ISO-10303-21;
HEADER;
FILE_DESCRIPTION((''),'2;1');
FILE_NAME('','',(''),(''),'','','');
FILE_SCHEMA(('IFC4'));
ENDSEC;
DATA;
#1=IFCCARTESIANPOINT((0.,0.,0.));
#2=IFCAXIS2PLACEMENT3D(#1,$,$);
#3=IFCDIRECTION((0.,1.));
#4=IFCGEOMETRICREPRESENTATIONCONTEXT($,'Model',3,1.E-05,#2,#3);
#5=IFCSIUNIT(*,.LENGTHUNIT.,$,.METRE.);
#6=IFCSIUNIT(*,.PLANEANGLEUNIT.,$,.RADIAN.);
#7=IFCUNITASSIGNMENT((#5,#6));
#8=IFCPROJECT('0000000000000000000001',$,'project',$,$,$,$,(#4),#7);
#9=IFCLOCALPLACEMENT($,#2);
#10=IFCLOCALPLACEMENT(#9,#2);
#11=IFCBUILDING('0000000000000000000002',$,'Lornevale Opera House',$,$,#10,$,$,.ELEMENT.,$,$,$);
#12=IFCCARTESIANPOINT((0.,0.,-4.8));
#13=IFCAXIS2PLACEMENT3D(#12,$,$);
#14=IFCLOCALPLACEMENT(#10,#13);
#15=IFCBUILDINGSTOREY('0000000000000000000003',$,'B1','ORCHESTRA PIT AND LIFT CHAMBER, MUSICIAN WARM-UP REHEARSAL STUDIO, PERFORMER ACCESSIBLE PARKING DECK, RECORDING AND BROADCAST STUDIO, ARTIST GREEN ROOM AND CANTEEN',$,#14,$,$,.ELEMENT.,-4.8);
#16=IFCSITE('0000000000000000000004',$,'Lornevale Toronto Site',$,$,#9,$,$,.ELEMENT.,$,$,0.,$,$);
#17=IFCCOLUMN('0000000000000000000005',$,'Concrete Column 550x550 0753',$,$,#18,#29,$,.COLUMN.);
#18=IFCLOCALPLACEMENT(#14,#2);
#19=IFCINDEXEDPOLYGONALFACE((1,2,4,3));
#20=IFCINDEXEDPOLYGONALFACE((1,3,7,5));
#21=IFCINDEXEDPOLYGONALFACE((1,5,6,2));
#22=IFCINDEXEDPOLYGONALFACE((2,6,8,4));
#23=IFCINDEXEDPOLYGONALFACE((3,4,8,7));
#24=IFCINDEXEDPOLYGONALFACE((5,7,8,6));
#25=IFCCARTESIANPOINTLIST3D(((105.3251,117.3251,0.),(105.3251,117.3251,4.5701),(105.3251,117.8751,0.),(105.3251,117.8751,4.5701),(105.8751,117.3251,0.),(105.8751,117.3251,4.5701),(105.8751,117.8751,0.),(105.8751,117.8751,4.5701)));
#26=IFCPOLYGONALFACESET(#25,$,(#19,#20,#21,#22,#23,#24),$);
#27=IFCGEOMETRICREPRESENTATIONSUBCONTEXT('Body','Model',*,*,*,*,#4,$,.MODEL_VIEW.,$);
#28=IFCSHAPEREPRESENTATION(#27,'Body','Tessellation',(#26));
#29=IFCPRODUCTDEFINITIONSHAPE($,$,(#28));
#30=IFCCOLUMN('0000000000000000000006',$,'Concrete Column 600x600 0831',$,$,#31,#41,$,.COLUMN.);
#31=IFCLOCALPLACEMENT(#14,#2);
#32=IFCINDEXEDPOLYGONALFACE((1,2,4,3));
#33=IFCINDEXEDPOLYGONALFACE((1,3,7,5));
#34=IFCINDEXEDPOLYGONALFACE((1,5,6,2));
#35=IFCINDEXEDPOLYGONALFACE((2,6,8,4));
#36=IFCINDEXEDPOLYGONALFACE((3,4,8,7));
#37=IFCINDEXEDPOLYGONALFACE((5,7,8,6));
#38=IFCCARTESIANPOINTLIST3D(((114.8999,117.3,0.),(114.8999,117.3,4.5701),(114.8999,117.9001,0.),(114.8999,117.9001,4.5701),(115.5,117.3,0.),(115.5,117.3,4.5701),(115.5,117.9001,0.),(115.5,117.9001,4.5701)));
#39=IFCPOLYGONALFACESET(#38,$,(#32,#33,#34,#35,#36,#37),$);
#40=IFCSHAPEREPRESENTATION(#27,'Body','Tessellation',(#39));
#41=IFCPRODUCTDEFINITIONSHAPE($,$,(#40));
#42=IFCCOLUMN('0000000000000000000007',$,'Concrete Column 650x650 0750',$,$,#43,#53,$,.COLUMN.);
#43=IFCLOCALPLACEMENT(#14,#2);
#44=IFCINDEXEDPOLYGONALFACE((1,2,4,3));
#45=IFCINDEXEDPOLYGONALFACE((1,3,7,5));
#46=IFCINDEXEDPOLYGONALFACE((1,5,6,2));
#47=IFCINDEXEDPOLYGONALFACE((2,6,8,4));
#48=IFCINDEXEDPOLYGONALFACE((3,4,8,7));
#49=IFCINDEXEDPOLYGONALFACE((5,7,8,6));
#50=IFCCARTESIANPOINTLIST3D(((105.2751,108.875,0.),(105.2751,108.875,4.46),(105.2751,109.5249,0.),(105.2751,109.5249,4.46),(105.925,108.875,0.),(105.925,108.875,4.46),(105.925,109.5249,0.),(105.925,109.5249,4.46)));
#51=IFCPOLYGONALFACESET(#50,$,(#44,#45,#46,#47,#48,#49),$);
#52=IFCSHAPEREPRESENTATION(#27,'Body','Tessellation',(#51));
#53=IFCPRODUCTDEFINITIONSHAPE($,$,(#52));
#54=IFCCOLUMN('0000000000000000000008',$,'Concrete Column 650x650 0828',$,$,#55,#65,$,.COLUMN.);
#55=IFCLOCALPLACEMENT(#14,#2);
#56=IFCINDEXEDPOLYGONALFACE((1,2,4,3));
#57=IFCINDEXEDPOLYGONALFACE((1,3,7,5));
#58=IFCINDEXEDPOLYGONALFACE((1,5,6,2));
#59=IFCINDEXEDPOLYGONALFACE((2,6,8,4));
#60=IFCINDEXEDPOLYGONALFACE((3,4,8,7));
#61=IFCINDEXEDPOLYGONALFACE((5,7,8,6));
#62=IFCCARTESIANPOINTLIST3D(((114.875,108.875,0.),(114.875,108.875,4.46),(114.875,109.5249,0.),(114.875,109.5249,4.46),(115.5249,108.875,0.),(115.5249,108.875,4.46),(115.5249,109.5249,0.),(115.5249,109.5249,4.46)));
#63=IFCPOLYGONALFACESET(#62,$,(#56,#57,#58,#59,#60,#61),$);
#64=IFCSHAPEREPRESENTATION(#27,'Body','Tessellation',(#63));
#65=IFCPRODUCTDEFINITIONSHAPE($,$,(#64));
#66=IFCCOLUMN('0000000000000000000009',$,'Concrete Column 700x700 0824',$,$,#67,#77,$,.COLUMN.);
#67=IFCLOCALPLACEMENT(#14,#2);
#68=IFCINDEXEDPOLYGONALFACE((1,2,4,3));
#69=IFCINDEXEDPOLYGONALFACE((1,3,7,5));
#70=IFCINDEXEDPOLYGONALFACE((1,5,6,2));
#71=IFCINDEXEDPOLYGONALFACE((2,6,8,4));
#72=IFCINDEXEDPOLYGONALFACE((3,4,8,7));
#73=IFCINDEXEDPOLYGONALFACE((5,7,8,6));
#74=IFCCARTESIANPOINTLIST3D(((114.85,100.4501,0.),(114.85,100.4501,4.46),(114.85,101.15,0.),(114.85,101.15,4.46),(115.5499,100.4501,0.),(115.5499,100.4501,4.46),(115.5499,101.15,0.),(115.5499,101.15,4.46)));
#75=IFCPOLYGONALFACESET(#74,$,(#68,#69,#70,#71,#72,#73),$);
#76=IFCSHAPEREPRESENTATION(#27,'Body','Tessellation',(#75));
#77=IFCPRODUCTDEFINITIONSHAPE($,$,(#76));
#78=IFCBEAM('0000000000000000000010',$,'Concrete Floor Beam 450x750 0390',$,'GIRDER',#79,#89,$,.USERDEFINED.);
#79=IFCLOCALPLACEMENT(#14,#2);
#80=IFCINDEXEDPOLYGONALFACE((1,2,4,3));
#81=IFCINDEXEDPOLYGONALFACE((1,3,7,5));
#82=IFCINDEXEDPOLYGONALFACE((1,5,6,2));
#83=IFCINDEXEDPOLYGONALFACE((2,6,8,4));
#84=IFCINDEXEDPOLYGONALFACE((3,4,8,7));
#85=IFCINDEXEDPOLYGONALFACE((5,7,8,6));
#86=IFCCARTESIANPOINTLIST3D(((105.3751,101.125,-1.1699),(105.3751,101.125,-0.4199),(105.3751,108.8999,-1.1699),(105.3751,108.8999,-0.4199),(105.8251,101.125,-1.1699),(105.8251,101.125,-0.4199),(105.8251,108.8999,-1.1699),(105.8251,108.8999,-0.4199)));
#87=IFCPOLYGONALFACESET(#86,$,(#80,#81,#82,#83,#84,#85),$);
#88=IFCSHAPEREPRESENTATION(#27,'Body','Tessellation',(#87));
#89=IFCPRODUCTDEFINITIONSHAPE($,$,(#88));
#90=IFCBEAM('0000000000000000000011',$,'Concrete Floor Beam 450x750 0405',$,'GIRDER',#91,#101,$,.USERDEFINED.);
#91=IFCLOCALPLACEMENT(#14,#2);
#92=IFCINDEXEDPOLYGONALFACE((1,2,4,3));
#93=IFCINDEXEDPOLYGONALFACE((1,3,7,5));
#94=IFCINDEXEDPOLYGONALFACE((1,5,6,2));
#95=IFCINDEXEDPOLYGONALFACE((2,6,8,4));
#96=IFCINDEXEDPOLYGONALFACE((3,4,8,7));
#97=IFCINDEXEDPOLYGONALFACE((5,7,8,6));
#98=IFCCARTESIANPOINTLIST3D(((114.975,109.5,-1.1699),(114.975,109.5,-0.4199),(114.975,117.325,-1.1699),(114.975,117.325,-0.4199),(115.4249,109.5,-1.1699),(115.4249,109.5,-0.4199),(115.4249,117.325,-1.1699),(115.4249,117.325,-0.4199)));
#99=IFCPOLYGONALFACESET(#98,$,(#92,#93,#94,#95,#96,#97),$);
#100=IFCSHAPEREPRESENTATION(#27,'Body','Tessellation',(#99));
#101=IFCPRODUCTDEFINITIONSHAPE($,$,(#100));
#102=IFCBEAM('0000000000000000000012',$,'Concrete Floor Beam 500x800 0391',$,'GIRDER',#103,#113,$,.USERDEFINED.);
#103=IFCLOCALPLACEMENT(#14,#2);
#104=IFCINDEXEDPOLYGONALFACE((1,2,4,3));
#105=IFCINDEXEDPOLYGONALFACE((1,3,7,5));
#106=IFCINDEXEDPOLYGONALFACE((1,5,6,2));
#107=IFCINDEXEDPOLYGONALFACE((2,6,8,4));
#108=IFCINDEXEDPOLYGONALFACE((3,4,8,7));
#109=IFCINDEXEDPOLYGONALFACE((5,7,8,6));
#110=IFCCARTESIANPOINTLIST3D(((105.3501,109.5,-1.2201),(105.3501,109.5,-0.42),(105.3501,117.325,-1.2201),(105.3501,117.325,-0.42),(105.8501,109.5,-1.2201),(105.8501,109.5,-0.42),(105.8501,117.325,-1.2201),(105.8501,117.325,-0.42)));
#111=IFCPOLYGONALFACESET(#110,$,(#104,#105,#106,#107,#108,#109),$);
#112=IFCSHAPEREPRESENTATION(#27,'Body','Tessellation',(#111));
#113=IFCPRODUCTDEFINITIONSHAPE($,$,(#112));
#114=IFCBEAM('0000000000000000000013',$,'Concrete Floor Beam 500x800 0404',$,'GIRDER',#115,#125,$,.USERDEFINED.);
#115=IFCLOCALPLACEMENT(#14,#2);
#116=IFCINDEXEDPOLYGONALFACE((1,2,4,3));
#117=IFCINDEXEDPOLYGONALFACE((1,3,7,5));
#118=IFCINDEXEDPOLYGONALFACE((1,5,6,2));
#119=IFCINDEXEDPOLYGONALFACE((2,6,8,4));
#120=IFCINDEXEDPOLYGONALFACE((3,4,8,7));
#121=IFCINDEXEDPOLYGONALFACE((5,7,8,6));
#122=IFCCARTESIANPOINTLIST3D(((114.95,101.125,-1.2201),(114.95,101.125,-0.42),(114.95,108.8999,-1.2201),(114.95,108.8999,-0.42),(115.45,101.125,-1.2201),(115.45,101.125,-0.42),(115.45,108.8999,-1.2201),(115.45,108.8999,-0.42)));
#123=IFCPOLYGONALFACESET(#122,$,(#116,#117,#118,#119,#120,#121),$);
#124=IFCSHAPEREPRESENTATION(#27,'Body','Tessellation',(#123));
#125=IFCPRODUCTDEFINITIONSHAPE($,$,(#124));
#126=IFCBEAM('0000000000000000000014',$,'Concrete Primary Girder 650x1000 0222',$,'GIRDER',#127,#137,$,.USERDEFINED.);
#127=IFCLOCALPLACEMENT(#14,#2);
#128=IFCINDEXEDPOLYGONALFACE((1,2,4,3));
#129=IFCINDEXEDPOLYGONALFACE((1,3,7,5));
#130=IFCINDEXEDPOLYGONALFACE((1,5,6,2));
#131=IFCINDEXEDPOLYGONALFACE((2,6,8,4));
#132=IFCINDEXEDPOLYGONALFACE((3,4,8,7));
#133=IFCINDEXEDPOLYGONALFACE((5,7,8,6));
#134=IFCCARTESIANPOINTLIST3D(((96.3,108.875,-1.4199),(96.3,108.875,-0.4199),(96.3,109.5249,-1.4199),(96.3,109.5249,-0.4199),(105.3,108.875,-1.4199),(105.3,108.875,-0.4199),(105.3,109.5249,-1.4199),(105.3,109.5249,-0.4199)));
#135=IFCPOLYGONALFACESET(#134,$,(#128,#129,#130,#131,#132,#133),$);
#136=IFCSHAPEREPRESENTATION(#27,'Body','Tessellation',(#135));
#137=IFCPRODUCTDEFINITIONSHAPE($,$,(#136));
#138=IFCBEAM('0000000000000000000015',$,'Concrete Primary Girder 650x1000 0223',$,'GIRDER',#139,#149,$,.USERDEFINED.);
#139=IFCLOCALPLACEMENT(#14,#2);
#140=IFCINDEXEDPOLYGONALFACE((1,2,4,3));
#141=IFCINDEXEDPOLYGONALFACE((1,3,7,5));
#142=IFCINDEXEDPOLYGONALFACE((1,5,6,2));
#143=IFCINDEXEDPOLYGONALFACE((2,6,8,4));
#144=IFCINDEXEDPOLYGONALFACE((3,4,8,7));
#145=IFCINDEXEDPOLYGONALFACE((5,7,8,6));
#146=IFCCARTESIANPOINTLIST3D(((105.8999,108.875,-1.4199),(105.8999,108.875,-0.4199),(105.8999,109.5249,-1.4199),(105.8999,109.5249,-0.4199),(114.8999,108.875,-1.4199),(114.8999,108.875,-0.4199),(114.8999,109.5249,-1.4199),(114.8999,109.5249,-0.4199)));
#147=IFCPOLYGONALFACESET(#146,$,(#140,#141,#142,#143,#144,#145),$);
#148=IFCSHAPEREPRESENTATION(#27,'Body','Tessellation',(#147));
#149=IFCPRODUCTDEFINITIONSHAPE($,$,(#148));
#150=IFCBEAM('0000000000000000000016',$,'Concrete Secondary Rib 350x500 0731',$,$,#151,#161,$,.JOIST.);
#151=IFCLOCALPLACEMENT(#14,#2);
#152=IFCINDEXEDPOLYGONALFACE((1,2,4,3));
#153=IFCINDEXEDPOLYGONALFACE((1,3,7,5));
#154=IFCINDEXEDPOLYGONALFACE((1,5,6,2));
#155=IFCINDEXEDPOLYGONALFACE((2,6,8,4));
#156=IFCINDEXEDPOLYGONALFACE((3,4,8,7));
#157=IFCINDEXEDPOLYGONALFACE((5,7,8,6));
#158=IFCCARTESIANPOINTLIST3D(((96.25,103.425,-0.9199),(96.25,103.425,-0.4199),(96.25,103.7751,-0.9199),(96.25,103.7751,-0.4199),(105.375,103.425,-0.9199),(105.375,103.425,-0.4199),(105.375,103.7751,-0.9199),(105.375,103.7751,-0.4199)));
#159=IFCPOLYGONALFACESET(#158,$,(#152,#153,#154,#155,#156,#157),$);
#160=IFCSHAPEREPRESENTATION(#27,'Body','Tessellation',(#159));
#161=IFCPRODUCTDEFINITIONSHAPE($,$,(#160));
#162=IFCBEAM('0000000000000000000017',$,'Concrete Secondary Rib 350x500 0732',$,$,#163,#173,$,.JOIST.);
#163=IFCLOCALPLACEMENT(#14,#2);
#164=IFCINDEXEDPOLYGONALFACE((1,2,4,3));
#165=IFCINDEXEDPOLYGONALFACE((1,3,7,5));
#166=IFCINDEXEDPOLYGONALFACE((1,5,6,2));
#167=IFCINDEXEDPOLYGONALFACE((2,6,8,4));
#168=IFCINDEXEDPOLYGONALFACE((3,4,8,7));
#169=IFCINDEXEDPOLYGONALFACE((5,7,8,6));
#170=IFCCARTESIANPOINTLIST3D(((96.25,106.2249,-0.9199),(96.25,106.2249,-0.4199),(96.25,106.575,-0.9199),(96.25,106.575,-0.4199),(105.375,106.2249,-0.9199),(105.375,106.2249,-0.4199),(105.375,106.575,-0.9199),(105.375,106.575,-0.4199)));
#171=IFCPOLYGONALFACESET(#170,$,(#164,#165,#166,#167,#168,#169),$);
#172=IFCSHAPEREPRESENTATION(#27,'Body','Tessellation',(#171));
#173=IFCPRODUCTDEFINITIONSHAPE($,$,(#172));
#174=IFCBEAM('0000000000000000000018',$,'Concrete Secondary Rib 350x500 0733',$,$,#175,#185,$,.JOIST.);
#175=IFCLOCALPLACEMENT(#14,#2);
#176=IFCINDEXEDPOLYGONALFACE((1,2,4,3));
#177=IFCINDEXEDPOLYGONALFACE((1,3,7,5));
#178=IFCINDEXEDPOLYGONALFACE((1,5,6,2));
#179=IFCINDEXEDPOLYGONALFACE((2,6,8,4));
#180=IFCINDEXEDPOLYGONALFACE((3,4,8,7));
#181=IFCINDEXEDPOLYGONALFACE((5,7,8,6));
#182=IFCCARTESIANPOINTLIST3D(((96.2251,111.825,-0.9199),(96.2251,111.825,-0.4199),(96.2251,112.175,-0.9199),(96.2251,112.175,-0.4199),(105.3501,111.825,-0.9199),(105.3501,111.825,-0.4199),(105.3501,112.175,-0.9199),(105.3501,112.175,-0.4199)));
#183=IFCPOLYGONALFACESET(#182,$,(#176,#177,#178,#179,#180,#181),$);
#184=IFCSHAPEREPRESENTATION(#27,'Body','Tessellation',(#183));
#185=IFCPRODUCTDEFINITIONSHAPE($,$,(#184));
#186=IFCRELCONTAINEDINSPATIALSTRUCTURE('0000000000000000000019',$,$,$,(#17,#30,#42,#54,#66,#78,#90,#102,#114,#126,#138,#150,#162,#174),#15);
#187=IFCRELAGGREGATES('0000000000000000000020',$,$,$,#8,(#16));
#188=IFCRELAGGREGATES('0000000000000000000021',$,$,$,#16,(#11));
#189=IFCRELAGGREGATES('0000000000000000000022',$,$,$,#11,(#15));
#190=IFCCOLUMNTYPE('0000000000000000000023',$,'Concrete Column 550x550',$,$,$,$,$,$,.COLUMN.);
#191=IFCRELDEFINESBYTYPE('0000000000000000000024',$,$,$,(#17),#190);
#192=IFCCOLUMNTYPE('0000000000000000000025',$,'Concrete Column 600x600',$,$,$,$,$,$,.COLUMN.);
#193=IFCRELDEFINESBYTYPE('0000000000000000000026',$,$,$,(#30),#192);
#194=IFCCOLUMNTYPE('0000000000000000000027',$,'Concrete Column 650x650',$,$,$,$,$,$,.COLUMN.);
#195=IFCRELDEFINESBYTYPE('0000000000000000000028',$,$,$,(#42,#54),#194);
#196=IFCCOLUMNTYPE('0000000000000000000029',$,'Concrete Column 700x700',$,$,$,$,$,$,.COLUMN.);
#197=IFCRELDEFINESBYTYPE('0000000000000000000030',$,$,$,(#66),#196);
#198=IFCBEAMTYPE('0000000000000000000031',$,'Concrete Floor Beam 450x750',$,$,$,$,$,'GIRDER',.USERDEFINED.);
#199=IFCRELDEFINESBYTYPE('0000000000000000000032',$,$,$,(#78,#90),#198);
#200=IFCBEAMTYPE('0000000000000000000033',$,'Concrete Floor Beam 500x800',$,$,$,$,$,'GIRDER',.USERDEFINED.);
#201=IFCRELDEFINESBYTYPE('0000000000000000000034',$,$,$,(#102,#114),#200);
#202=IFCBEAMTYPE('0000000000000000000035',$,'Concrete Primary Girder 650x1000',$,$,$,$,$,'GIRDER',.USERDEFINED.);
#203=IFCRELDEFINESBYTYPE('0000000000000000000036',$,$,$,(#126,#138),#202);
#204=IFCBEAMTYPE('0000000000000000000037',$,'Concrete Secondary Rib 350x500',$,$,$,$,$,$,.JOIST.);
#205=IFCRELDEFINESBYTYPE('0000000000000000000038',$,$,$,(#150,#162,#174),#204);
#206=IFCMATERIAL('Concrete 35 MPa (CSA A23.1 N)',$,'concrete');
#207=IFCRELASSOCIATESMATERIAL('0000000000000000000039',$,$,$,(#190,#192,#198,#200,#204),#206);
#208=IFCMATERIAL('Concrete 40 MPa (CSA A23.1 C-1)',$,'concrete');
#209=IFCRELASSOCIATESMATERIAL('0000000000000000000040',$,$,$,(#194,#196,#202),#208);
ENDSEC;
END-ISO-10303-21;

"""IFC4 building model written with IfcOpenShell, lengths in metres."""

from ifc_helpers import new_model, si_unit, direction, frame, origin, origin_2d, place, context, subcontext, project, spatial, rectangle, extrude, material, material_profile, profile_set, type_object, element, save


model = new_model("IFC4")

# Units and contexts
model_context = context("Model", 3, precision=1e-05, world=origin(), true_north=direction((0.0, 1.0)))
body_context = subcontext(model_context, "Body", "Model", "MODEL_VIEW")
ifc_project = project(units=[si_unit("LENGTHUNIT", "METRE"), si_unit("PLANEANGLEUNIT", "RADIAN")], contexts=[model_context])

# Site, building, storey
site_placement = place(None, origin())
site = spatial("IfcSite", under=ifc_project, at=site_placement, Name="Lornevale Toronto Site", CompositionType="ELEMENT", RefElevation=0.0)
building_placement = place(site_placement, origin())
building = spatial("IfcBuilding", under=site, at=building_placement, Name="Lornevale Opera House", CompositionType="ELEMENT")
storey_placement = place(building_placement, frame((0.0, 0.0, -4.8)))
storey = spatial("IfcBuildingStorey", under=building, at=storey_placement, Name="B1", Description="ORCHESTRA PIT AND LIFT CHAMBER, MUSICIAN WARM-UP REHEARSAL STUDIO, PERFORMER ACCESSIBLE PARKING DECK, RECORDING AND BROADCAST STUDIO, ARTIST GREEN ROOM AND CANTEEN", CompositionType="ELEMENT", Elevation=-4.8)

# Columns
ifc_material_1 = material(Name="Concrete 35 MPa (CSA A23.1 N)", Category="concrete")
ifc_material_profile_1 = material_profile(ifc_material_1, rectangle(XDim=0.55, YDim=0.55, at=origin_2d()), Name="RC550x550")
ifc_profile_set_1 = profile_set([ifc_material_profile_1], Name="Concrete 35 MPa (CSA A23.1 N)")
column_type_1 = type_object("IfcColumnType", Name="Concrete Column 550x550", PredefinedType="COLUMN", material=ifc_profile_set_1)
column_1_placement = place(storey_placement, frame((105.6001, 117.6001, 0.0), z_axis=(0.0, 0.0, 1.0), x_axis=(1.0, 0.0, 0.0)))
element("IfcColumn", 1, at=column_1_placement, inside=storey, type_object=column_type_1, Name="Concrete Column 550x550 0753", PredefinedType="COLUMN", context=body_context, shape_type="SweptSolid", body=[
    extrude(rectangle(XDim=0.55, YDim=0.55, at=origin_2d()), origin(), (0.0, 0.0, 1.0), 4.5701),
])
ifc_material_profile_2 = material_profile(ifc_material_1, rectangle(XDim=0.6001, YDim=0.6001, at=origin_2d()), Name="RC600x600")
ifc_profile_set_2 = profile_set([ifc_material_profile_2], Name="Concrete 35 MPa (CSA A23.1 N)")
column_type_2 = type_object("IfcColumnType", Name="Concrete Column 600x600", PredefinedType="COLUMN", material=ifc_profile_set_2)
column_2_placement = place(storey_placement, frame((115.2, 117.6001, 0.0), z_axis=(0.0, 0.0, 1.0), x_axis=(1.0, 0.0, 0.0)))
element("IfcColumn", 2, at=column_2_placement, inside=storey, type_object=column_type_2, Name="Concrete Column 600x600 0831", PredefinedType="COLUMN", context=body_context, shape_type="SweptSolid", body=[
    extrude(rectangle(XDim=0.6001, YDim=0.6001, at=origin_2d()), origin(), (0.0, 0.0, 1.0), 4.5701),
])
ifc_material_2 = material(Name="Concrete 40 MPa (CSA A23.1 C-1)", Category="concrete")
ifc_material_profile_3 = material_profile(ifc_material_2, rectangle(XDim=0.6499, YDim=0.6499, at=origin_2d()), Name="RC650x650")
ifc_profile_set_3 = profile_set([ifc_material_profile_3], Name="Concrete 40 MPa (CSA A23.1 C-1)")
column_type_3 = type_object("IfcColumnType", Name="Concrete Column 650x650", PredefinedType="COLUMN", material=ifc_profile_set_3)
for number, where, z_axis, x_axis, name in (
    (3, (105.6001, 109.2, 0.0), (0.0, 0.0, 1.0), (1.0, 0.0, 0.0), "Concrete Column 650x650 0750"),
    (4, (115.2, 109.2, 0.0), (0.0, 0.0, 1.0), (1.0, 0.0, 0.0), "Concrete Column 650x650 0828"),
):
    element("IfcColumn", number, at=place(storey_placement, frame(where, z_axis=z_axis, x_axis=x_axis)), inside=storey, type_object=column_type_3, Name=name, PredefinedType="COLUMN", context=body_context, shape_type="SweptSolid", body=[
        extrude(rectangle(XDim=0.6499, YDim=0.6499, at=origin_2d()), origin(), (0.0, 0.0, 1.0), 4.46),
    ])
ifc_material_profile_4 = material_profile(ifc_material_2, rectangle(XDim=0.7, YDim=0.7, at=origin_2d()), Name="RC700x700")
ifc_profile_set_4 = profile_set([ifc_material_profile_4], Name="Concrete 40 MPa (CSA A23.1 C-1)")
column_type_4 = type_object("IfcColumnType", Name="Concrete Column 700x700", PredefinedType="COLUMN", material=ifc_profile_set_4)
column_3_placement = place(storey_placement, frame((115.2, 100.8, 0.0), z_axis=(0.0, 0.0, 1.0), x_axis=(1.0, 0.0, 0.0)))
element("IfcColumn", 5, at=column_3_placement, inside=storey, type_object=column_type_4, Name="Concrete Column 700x700 0824", PredefinedType="COLUMN", context=body_context, shape_type="SweptSolid", body=[
    extrude(rectangle(XDim=0.7, YDim=0.7, at=origin_2d()), origin(), (0.0, 0.0, 1.0), 4.46),
])

# Beams
ifc_material_profile_5 = material_profile(ifc_material_1, rectangle(XDim=0.45, YDim=0.75, at=origin_2d()), Name="RC450x750")
ifc_profile_set_5 = profile_set([ifc_material_profile_5], Name="Concrete 35 MPa (CSA A23.1 N)")
beam_type_1 = type_object("IfcBeamType", Name="Concrete Floor Beam 450x750", ElementType="GIRDER", PredefinedType="USERDEFINED", material=ifc_profile_set_5)
beam_1_placement = place(storey_placement, frame((105.6001, 101.125, -0.7949), z_axis=(0.0, 1.0, 0.0), x_axis=(-1.0, 0.0, 0.0)))
element("IfcBeam", 6, at=beam_1_placement, inside=storey, type_object=beam_type_1, Name="Concrete Floor Beam 450x750 0390", ObjectType="GIRDER", PredefinedType="USERDEFINED", context=body_context, shape_type="SweptSolid", body=[
    extrude(rectangle(XDim=0.45, YDim=0.75, at=origin_2d()), origin(), (0.0, 0.0, 1.0), 7.7749),
])
beam_2_placement = place(storey_placement, frame((115.2, 109.5, -0.7949), z_axis=(0.0, 1.0, 0.0), x_axis=(-1.0, 0.0, 0.0)))
element("IfcBeam", 7, at=beam_2_placement, inside=storey, type_object=beam_type_1, Name="Concrete Floor Beam 450x750 0405", ObjectType="GIRDER", PredefinedType="USERDEFINED", context=body_context, shape_type="SweptSolid", body=[
    extrude(rectangle(XDim=0.45, YDim=0.75, at=origin_2d()), origin(), (0.0, 0.0, 1.0), 7.825),
])
ifc_material_profile_6 = material_profile(ifc_material_1, rectangle(XDim=0.5, YDim=0.8, at=origin_2d()), Name="RC500x800")
ifc_profile_set_6 = profile_set([ifc_material_profile_6], Name="Concrete 35 MPa (CSA A23.1 N)")
beam_type_2 = type_object("IfcBeamType", Name="Concrete Floor Beam 500x800", ElementType="GIRDER", PredefinedType="USERDEFINED", material=ifc_profile_set_6)
beam_3_placement = place(storey_placement, frame((105.6001, 109.5, -0.8201), z_axis=(0.0, 1.0, 0.0), x_axis=(-1.0, 0.0, 0.0)))
element("IfcBeam", 8, at=beam_3_placement, inside=storey, type_object=beam_type_2, Name="Concrete Floor Beam 500x800 0391", ObjectType="GIRDER", PredefinedType="USERDEFINED", context=body_context, shape_type="SweptSolid", body=[
    extrude(rectangle(XDim=0.5, YDim=0.8, at=origin_2d()), origin(), (0.0, 0.0, 1.0), 7.825),
])
beam_4_placement = place(storey_placement, frame((115.2, 101.125, -0.8201), z_axis=(0.0, 1.0, 0.0), x_axis=(-1.0, 0.0, 0.0)))
element("IfcBeam", 9, at=beam_4_placement, inside=storey, type_object=beam_type_2, Name="Concrete Floor Beam 500x800 0404", ObjectType="GIRDER", PredefinedType="USERDEFINED", context=body_context, shape_type="SweptSolid", body=[
    extrude(rectangle(XDim=0.5, YDim=0.8, at=origin_2d()), origin(), (0.0, 0.0, 1.0), 7.7749),
])
ifc_material_profile_7 = material_profile(ifc_material_2, rectangle(XDim=0.6499, YDim=1.0, at=origin_2d()), Name="RC650x1000")
ifc_profile_set_7 = profile_set([ifc_material_profile_7], Name="Concrete 40 MPa (CSA A23.1 C-1)")
beam_type_3 = type_object("IfcBeamType", Name="Concrete Primary Girder 650x1000", ElementType="GIRDER", PredefinedType="USERDEFINED", material=ifc_profile_set_7)
for number, where, z_axis, x_axis, name in (
    (10, (96.3, 109.2, -0.9199), (1.0, 0.0, 0.0), (0.0, 1.0, 0.0), "Concrete Primary Girder 650x1000 0222"),
    (11, (105.8999, 109.2, -0.9199), (1.0, 0.0, 0.0), (0.0, 1.0, 0.0), "Concrete Primary Girder 650x1000 0223"),
):
    element("IfcBeam", number, at=place(storey_placement, frame(where, z_axis=z_axis, x_axis=x_axis)), inside=storey, type_object=beam_type_3, Name=name, ObjectType="GIRDER", PredefinedType="USERDEFINED", context=body_context, shape_type="SweptSolid", body=[
        extrude(rectangle(XDim=0.6499, YDim=1.0, at=origin_2d()), origin(), (0.0, 0.0, 1.0), 9.0),
    ])
ifc_material_profile_8 = material_profile(ifc_material_1, rectangle(XDim=0.3501, YDim=0.5, at=origin_2d()), Name="RC350x500")
ifc_profile_set_8 = profile_set([ifc_material_profile_8], Name="Concrete 35 MPa (CSA A23.1 N)")
beam_type_4 = type_object("IfcBeamType", Name="Concrete Secondary Rib 350x500", PredefinedType="JOIST", material=ifc_profile_set_8)
for number, where, z_axis, x_axis, name in (
    (12, (96.25, 103.6001, -0.6699), (1.0, 0.0, 0.0), (0.0, 1.0, 0.0), "Concrete Secondary Rib 350x500 0731"),
    (13, (96.25, 106.3999, -0.6699), (1.0, 0.0, 0.0), (0.0, 1.0, 0.0), "Concrete Secondary Rib 350x500 0732"),
    (14, (96.2251, 112.0, -0.6699), (1.0, 0.0, 0.0), (0.0, 1.0, 0.0), "Concrete Secondary Rib 350x500 0733"),
):
    element("IfcBeam", number, at=place(storey_placement, frame(where, z_axis=z_axis, x_axis=x_axis)), inside=storey, type_object=beam_type_4, Name=name, PredefinedType="JOIST", context=body_context, shape_type="SweptSolid", body=[
        extrude(rectangle(XDim=0.3501, YDim=0.5, at=origin_2d()), origin(), (0.0, 0.0, 1.0), 9.125),
    ])

save(model, "model.ifc")
